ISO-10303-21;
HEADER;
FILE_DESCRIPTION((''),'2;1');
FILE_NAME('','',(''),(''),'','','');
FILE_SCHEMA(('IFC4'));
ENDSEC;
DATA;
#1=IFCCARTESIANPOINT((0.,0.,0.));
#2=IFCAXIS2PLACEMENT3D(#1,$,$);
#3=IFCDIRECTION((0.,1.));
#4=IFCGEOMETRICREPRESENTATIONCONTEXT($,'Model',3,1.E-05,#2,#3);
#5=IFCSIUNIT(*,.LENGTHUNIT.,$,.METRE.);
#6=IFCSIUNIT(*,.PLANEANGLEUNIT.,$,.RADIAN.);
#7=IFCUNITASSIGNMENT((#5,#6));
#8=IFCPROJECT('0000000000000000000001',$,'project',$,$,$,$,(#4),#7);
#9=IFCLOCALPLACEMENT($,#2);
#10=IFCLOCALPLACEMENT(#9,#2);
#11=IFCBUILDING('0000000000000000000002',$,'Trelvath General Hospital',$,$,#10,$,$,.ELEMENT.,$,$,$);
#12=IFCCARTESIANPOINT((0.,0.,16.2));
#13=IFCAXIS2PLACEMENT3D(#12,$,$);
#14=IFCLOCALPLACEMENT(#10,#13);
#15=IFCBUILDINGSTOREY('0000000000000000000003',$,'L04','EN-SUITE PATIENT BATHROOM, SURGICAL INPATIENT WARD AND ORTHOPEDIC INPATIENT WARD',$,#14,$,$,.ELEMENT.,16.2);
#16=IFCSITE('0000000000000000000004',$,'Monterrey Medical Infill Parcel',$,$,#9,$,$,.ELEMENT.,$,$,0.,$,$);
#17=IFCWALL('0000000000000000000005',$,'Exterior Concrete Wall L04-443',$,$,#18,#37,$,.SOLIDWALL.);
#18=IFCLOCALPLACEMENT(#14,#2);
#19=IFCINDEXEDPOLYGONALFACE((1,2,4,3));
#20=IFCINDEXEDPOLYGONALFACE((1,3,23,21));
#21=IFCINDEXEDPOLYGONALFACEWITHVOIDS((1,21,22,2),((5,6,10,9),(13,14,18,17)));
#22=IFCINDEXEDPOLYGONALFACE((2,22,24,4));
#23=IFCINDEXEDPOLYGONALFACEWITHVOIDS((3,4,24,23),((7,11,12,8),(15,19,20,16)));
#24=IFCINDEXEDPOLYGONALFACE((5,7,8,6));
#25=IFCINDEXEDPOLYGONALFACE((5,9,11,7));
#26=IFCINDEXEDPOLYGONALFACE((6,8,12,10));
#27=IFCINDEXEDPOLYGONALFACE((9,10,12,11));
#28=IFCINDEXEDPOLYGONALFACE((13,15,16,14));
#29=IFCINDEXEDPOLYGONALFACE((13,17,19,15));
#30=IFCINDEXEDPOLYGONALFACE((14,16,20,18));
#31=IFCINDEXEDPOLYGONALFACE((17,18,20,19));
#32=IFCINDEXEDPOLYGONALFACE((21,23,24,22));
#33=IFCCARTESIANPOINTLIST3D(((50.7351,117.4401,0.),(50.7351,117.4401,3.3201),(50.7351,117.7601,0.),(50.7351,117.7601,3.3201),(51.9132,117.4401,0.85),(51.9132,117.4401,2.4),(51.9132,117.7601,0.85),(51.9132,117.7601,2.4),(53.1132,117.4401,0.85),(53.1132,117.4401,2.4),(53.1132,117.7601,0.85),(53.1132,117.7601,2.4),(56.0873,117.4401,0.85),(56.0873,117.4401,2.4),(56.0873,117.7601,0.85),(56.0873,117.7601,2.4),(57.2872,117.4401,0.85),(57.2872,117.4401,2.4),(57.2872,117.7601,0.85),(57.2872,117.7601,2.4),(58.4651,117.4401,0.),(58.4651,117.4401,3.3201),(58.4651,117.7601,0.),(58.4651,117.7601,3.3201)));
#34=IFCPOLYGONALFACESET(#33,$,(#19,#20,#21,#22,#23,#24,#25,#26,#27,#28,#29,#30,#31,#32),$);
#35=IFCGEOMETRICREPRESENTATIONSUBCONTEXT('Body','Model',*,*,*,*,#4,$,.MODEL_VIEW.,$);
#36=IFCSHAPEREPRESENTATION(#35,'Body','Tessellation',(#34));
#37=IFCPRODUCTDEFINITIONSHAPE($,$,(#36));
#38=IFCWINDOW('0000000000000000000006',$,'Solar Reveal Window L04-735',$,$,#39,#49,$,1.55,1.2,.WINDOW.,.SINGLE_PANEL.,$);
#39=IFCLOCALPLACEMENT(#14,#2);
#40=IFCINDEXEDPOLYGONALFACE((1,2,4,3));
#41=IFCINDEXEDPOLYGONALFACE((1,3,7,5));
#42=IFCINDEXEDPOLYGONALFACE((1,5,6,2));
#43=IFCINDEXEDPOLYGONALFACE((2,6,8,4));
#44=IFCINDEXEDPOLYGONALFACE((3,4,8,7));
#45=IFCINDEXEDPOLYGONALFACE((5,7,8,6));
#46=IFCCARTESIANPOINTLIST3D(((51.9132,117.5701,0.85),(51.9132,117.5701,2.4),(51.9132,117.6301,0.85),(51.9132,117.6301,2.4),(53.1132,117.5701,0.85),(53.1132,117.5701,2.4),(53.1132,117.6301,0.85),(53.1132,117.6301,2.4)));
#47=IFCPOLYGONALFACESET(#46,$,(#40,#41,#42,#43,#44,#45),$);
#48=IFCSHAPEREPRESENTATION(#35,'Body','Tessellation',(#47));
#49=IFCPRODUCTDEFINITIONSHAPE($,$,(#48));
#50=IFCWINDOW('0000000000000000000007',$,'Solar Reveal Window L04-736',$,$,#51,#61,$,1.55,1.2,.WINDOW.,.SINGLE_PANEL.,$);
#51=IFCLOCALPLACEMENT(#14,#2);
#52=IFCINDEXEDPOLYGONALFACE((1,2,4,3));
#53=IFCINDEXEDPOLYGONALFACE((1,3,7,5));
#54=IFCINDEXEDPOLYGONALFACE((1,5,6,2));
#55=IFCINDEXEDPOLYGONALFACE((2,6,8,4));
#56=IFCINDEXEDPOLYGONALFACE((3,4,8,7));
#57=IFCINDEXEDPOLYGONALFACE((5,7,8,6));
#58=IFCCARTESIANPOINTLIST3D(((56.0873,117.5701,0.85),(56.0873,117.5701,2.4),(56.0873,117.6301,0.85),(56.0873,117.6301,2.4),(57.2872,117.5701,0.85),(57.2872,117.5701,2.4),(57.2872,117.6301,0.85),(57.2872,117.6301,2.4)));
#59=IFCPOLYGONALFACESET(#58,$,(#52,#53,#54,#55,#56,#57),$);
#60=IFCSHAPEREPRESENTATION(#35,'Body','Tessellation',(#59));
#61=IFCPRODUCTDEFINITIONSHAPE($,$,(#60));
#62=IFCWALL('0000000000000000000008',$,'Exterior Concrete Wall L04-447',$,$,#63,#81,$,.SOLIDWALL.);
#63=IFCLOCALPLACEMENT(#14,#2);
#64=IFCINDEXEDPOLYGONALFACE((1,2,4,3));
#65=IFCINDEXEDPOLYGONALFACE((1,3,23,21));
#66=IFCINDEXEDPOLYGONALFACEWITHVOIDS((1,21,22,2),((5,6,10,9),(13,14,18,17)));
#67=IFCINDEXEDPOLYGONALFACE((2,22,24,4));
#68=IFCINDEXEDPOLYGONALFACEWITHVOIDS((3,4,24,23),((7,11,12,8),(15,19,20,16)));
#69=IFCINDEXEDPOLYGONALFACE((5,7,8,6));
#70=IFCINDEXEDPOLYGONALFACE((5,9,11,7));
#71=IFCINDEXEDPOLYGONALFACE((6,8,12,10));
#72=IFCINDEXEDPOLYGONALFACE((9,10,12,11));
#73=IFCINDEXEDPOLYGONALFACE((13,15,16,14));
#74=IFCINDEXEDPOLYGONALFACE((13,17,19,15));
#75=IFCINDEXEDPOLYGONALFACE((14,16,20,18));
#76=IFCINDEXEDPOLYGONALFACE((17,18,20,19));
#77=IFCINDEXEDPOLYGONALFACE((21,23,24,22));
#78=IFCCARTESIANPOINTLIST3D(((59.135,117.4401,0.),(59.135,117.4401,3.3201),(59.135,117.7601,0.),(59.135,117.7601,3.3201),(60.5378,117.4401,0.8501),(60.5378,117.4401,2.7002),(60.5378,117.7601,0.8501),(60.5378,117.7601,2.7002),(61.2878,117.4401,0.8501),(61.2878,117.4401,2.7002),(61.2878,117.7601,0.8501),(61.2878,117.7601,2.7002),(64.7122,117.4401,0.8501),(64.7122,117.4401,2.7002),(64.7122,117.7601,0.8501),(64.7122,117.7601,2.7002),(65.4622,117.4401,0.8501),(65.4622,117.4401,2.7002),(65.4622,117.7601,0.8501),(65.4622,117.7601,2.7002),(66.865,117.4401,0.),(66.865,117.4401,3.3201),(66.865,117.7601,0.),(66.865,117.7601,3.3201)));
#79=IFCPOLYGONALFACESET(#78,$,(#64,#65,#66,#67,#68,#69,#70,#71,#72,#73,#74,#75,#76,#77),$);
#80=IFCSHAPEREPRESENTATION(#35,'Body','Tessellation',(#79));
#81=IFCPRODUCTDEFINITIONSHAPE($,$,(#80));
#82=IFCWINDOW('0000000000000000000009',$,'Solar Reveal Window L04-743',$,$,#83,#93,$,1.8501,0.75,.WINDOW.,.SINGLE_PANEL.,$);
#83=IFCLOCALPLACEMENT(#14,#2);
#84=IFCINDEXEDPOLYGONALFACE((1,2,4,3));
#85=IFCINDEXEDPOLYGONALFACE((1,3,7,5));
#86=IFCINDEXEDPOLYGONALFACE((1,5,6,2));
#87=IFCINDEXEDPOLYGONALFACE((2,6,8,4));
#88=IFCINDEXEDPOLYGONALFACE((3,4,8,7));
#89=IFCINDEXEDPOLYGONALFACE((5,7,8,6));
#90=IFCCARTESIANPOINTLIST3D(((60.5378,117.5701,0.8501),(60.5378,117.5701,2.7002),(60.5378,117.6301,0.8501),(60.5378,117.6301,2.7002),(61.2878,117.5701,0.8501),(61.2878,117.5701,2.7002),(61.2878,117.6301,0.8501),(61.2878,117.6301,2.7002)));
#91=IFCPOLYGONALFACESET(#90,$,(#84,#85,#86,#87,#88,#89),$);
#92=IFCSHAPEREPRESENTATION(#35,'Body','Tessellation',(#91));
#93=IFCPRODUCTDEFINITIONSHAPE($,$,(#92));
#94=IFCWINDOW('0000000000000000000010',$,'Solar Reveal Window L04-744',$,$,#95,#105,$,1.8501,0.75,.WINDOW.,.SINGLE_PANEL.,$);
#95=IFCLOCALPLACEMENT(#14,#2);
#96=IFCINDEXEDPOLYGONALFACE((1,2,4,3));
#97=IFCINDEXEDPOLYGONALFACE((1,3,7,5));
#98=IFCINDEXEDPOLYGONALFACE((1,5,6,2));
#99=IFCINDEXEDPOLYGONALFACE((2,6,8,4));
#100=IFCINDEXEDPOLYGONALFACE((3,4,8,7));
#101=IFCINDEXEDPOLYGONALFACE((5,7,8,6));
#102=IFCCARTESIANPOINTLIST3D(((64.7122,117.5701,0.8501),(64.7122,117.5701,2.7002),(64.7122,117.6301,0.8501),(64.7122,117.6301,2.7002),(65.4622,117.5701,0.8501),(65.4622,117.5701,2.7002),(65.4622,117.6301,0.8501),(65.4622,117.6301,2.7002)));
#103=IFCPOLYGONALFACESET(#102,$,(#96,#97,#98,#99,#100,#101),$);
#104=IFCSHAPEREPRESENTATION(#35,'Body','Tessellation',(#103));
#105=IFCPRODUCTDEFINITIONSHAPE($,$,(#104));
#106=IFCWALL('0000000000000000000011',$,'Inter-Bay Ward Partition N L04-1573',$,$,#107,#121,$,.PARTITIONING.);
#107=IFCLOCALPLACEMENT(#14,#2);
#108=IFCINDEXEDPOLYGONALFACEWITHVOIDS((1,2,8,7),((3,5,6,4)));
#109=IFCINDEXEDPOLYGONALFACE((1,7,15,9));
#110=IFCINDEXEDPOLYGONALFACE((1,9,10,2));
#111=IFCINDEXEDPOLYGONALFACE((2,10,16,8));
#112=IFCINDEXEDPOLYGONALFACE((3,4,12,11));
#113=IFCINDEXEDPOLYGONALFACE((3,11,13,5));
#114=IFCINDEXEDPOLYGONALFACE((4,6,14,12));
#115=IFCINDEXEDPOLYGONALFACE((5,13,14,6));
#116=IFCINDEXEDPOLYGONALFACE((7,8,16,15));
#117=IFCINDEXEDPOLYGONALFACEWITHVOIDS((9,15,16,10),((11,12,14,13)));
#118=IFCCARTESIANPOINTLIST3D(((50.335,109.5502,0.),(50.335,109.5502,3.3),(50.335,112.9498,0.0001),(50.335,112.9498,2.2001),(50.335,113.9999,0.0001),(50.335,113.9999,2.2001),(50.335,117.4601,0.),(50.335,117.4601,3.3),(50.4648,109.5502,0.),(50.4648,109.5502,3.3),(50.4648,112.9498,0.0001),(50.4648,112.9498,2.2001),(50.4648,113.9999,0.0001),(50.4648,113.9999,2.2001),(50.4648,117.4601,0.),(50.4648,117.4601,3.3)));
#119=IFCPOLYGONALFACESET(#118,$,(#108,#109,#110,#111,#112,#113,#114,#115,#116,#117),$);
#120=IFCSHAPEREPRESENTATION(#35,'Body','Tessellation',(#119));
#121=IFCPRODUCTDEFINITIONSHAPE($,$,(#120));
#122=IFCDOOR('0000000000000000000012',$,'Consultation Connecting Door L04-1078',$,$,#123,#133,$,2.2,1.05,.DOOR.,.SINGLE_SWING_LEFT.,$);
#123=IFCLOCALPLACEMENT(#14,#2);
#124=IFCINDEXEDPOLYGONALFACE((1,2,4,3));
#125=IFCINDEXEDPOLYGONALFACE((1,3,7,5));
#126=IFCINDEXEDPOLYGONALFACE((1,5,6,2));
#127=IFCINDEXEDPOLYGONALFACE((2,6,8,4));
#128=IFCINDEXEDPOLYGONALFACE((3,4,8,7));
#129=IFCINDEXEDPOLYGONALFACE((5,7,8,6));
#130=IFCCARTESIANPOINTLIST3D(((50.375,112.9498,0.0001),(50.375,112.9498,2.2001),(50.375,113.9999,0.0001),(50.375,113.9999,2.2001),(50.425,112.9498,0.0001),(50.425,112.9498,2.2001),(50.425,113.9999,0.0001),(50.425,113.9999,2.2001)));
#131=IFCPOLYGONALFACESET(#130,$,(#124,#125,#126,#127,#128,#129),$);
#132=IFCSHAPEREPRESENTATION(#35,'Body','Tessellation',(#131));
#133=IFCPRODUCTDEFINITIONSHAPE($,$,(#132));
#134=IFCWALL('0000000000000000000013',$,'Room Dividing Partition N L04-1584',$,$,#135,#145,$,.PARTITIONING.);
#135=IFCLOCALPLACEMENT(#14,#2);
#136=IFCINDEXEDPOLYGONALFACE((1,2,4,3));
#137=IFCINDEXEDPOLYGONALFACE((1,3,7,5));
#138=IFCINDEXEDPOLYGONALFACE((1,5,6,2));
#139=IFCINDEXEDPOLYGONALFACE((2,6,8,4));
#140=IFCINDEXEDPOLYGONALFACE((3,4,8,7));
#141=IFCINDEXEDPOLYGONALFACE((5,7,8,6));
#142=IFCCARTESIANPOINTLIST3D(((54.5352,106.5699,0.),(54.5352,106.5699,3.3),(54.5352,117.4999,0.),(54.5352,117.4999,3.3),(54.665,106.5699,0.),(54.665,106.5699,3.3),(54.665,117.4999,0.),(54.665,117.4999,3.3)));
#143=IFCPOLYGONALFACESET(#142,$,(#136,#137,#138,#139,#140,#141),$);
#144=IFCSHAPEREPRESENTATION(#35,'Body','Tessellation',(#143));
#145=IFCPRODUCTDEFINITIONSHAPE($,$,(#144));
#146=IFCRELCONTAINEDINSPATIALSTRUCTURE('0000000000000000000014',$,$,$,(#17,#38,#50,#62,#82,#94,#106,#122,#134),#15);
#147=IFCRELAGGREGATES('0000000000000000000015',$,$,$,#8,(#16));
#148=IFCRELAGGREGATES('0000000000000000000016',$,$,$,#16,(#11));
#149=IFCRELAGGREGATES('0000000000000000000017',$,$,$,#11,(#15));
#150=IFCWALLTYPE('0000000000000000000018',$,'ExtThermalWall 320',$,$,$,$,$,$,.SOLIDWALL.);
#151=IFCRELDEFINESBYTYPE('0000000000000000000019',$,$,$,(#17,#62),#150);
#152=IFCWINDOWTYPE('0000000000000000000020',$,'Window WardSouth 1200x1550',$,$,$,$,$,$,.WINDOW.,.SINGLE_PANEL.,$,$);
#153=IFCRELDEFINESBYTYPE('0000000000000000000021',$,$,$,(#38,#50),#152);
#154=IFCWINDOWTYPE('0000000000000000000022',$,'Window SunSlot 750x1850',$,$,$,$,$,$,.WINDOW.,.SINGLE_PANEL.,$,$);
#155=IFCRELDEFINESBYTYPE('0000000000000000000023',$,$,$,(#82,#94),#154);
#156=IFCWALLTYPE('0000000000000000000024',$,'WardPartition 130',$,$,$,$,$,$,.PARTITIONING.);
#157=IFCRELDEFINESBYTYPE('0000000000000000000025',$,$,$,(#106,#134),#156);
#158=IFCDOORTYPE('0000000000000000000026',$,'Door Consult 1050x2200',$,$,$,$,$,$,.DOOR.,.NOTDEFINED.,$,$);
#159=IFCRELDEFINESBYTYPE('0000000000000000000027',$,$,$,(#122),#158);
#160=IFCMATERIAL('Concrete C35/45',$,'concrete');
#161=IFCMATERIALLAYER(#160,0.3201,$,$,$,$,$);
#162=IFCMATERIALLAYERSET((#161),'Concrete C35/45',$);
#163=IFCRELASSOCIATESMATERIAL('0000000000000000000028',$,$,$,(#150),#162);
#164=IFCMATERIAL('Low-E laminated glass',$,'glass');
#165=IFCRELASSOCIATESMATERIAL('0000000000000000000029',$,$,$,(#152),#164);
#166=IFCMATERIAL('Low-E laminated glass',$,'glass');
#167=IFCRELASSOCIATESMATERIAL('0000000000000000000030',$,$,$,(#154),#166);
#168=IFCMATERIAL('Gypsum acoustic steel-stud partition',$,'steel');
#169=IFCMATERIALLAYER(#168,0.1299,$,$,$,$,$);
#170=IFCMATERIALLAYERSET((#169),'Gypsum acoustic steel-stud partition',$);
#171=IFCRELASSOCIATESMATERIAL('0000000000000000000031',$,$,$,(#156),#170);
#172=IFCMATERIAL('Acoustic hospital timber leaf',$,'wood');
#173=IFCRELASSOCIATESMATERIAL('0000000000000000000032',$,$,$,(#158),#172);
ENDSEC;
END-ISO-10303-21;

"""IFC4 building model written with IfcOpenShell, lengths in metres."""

from ifc_helpers import new_model, si_unit, direction, frame, frame_2d, origin, place, context, subcontext, project, spatial, rectangle, extrude, material, layer, layer_set, type_object, element, fill, save


model = new_model("IFC4")

# Units and contexts
model_context = context("Model", 3, precision=1e-05, world=origin(), true_north=direction((0.0, 1.0)))
body_context = subcontext(model_context, "Body", "Model", "MODEL_VIEW")
ifc_project = project(units=[si_unit("LENGTHUNIT", "METRE"), si_unit("PLANEANGLEUNIT", "RADIAN")], contexts=[model_context])

# Site, building, storey
site_placement = place(None, origin())
site = spatial("IfcSite", under=ifc_project, at=site_placement, Name="Monterrey Medical Infill Parcel", CompositionType="ELEMENT", RefElevation=0.0)
building_placement = place(site_placement, origin())
building = spatial("IfcBuilding", under=site, at=building_placement, Name="Trelvath General Hospital", CompositionType="ELEMENT")
storey_placement = place(building_placement, frame((0.0, 0.0, 16.2)))
storey = spatial("IfcBuildingStorey", under=building, at=storey_placement, Name="L04", Description="EN-SUITE PATIENT BATHROOM, SURGICAL INPATIENT WARD AND ORTHOPEDIC INPATIENT WARD", CompositionType="ELEMENT", Elevation=16.2)

# Walls, openings, windows
ifc_material_1 = material(Name="Concrete C35/45", Category="concrete")
ifc_layer_1 = layer(ifc_material_1, 0.3201)
ifc_layer_set_1 = layer_set([ifc_layer_1], Name="Concrete C35/45")
wall_type_1 = type_object("IfcWallType", Name="ExtThermalWall 320", PredefinedType="SOLIDWALL", material=ifc_layer_set_1)
wall_1_placement = place(storey_placement, frame((50.7351, 117.6001, 0.0), z_axis=(0.0, 0.0, 1.0), x_axis=(1.0, 0.0, 0.0)))
wall_1 = element("IfcWall", 1, at=wall_1_placement, inside=storey, type_object=wall_type_1, Name="Exterior Concrete Wall L04-443", PredefinedType="SOLIDWALL", context=body_context, shape_type="SweptSolid", body=[
    extrude(rectangle(XDim=7.73, YDim=0.3201, at=frame_2d((3.865, 0.0))), origin(), (0.0, 0.0, 1.0), 3.3201),
])
opening_1_placement = place(wall_1_placement, frame((1.178, 0.0, 0.8501)))
opening_1 = element("IfcOpeningElement", 2, at=opening_1_placement, cuts=wall_1, PredefinedType="OPENING", context=body_context, shape_type="SweptSolid", body=[
    extrude(rectangle(XDim=1.2, YDim=1.55, at=frame_2d((0.6001, 0.7749))), frame((0.0, 0.1699, 0.0), z_axis=(0.0, -1.0, 0.0), x_axis=(1.0, 0.0, 0.0)), (0.0, 0.0, 1.0), 0.3401),
])
opening_2_placement = place(wall_1_placement, frame((5.3521, 0.0, 0.8501)))
opening_2 = element("IfcOpeningElement", 3, at=opening_2_placement, cuts=wall_1, PredefinedType="OPENING", context=body_context, shape_type="SweptSolid", body=[
    extrude(rectangle(XDim=1.2, YDim=1.55, at=frame_2d((0.6001, 0.7749))), frame((0.0, 0.1699, 0.0), z_axis=(0.0, -1.0, 0.0), x_axis=(1.0, 0.0, 0.0)), (0.0, 0.0, 1.0), 0.3401),
])
ifc_material_2 = material(Name="Low-E laminated glass", Category="glass")
window_type_1 = type_object("IfcWindowType", Name="Window WardSouth 1200x1550", PartitioningType="SINGLE_PANEL", PredefinedType="WINDOW", material=ifc_material_2)
window_1_placement = place(opening_1_placement, origin())
window_1 = element("IfcWindow", 4, at=window_1_placement, inside=storey, type_object=window_type_1, Name="Solar Reveal Window L04-735", OverallHeight=1.55, OverallWidth=1.2, PartitioningType="SINGLE_PANEL", PredefinedType="WINDOW", context=body_context, shape_type="SweptSolid", body=[
    extrude(rectangle(XDim=1.2, YDim=1.55, at=frame_2d((0.6001, 0.7749))), frame((0.0, 0.03, 0.0), z_axis=(0.0, -1.0, 0.0), x_axis=(1.0, 0.0, 0.0)), (0.0, 0.0, 1.0), 0.0601),
])
fill(opening_1, window_1)
window_2_placement = place(opening_2_placement, origin())
window_2 = element("IfcWindow", 5, at=window_2_placement, inside=storey, type_object=window_type_1, Name="Solar Reveal Window L04-736", OverallHeight=1.55, OverallWidth=1.2, PartitioningType="SINGLE_PANEL", PredefinedType="WINDOW", context=body_context, shape_type="SweptSolid", body=[
    extrude(rectangle(XDim=1.2, YDim=1.55, at=frame_2d((0.6001, 0.7749))), frame((0.0, 0.03, 0.0), z_axis=(0.0, -1.0, 0.0), x_axis=(1.0, 0.0, 0.0)), (0.0, 0.0, 1.0), 0.0601),
])
fill(opening_2, window_2)
wall_2_placement = place(storey_placement, frame((59.135, 117.6001, 0.0), z_axis=(0.0, 0.0, 1.0), x_axis=(1.0, 0.0, 0.0)))
wall_2 = element("IfcWall", 6, at=wall_2_placement, inside=storey, type_object=wall_type_1, Name="Exterior Concrete Wall L04-447", PredefinedType="SOLIDWALL", context=body_context, shape_type="SweptSolid", body=[
    extrude(rectangle(XDim=7.73, YDim=0.3201, at=frame_2d((3.865, 0.0))), origin(), (0.0, 0.0, 1.0), 3.3201),
])
opening_3_placement = place(wall_2_placement, frame((1.4028, 0.0, 0.8501)))
opening_3 = element("IfcOpeningElement", 7, at=opening_3_placement, cuts=wall_2, PredefinedType="OPENING", context=body_context, shape_type="SweptSolid", body=[
    extrude(rectangle(XDim=0.75, YDim=1.8501, at=frame_2d((0.375, 0.925))), frame((0.0, 0.1699, 0.0), z_axis=(0.0, -1.0, 0.0), x_axis=(1.0, 0.0, 0.0)), (0.0, 0.0, 1.0), 0.3401),
])
opening_4_placement = place(wall_2_placement, frame((5.5771, 0.0, 0.8501)))
opening_4 = element("IfcOpeningElement", 8, at=opening_4_placement, cuts=wall_2, PredefinedType="OPENING", context=body_context, shape_type="SweptSolid", body=[
    extrude(rectangle(XDim=0.75, YDim=1.8501, at=frame_2d((0.375, 0.925))), frame((0.0, 0.1699, 0.0), z_axis=(0.0, -1.0, 0.0), x_axis=(1.0, 0.0, 0.0)), (0.0, 0.0, 1.0), 0.3401),
])
ifc_material_3 = material(Name="Low-E laminated glass", Category="glass")
window_type_2 = type_object("IfcWindowType", Name="Window SunSlot 750x1850", PartitioningType="SINGLE_PANEL", PredefinedType="WINDOW", material=ifc_material_3)
window_3_placement = place(opening_3_placement, origin())
window_3 = element("IfcWindow", 9, at=window_3_placement, inside=storey, type_object=window_type_2, Name="Solar Reveal Window L04-743", OverallHeight=1.8501, OverallWidth=0.75, PartitioningType="SINGLE_PANEL", PredefinedType="WINDOW", context=body_context, shape_type="SweptSolid", body=[
    extrude(rectangle(XDim=0.75, YDim=1.8501, at=frame_2d((0.375, 0.925))), frame((0.0, 0.03, 0.0), z_axis=(0.0, -1.0, 0.0), x_axis=(1.0, 0.0, 0.0)), (0.0, 0.0, 1.0), 0.0601),
])
fill(opening_3, window_3)
window_4_placement = place(opening_4_placement, origin())
window_4 = element("IfcWindow", 10, at=window_4_placement, inside=storey, type_object=window_type_2, Name="Solar Reveal Window L04-744", OverallHeight=1.8501, OverallWidth=0.75, PartitioningType="SINGLE_PANEL", PredefinedType="WINDOW", context=body_context, shape_type="SweptSolid", body=[
    extrude(rectangle(XDim=0.75, YDim=1.8501, at=frame_2d((0.375, 0.925))), frame((0.0, 0.03, 0.0), z_axis=(0.0, -1.0, 0.0), x_axis=(1.0, 0.0, 0.0)), (0.0, 0.0, 1.0), 0.0601),
])
fill(opening_4, window_4)

# Wall, opening, door
ifc_material_4 = material(Name="Gypsum acoustic steel-stud partition", Category="steel")
ifc_layer_2 = layer(ifc_material_4, 0.1299)
ifc_layer_set_2 = layer_set([ifc_layer_2], Name="Gypsum acoustic steel-stud partition")
wall_type_2 = type_object("IfcWallType", Name="WardPartition 130", PredefinedType="PARTITIONING", material=ifc_layer_set_2)
wall_3_placement = place(storey_placement, frame((50.3999, 109.55, 0.0), z_axis=(0.0, 0.0, 1.0), x_axis=(0.0, 1.0, 0.0)))
wall_3 = element("IfcWall", 11, at=wall_3_placement, inside=storey, type_object=wall_type_2, Name="Inter-Bay Ward Partition N L04-1573", PredefinedType="PARTITIONING", context=body_context, shape_type="SweptSolid", body=[
    extrude(rectangle(XDim=7.9099, YDim=0.1299, at=frame_2d((3.9551, 0.0))), origin(), (0.0, 0.0, 1.0), 3.3),
])
opening_5_placement = place(wall_3_placement, frame((3.3999, 0.0, 0.0)))
opening_5 = element("IfcOpeningElement", 12, at=opening_5_placement, cuts=wall_3, PredefinedType="OPENING", context=body_context, shape_type="SweptSolid", body=[
    extrude(rectangle(XDim=1.05, YDim=2.2, at=frame_2d((0.5249, 1.1001))), frame((0.0, 0.075, 0.0), z_axis=(0.0, -1.0, 0.0), x_axis=(1.0, 0.0, 0.0)), (0.0, 0.0, 1.0), 0.1499),
])
ifc_material_5 = material(Name="Acoustic hospital timber leaf", Category="wood")
door_type_1 = type_object("IfcDoorType", Name="Door Consult 1050x2200", OperationType="NOTDEFINED", PredefinedType="DOOR", material=ifc_material_5)
door_1_placement = place(opening_5_placement, origin())
door_1 = element("IfcDoor", 13, at=door_1_placement, inside=storey, type_object=door_type_1, Name="Consultation Connecting Door L04-1078", OperationType="SINGLE_SWING_LEFT", OverallHeight=2.2, OverallWidth=1.05, PredefinedType="DOOR", context=body_context, shape_type="SweptSolid", body=[
    extrude(rectangle(XDim=1.05, YDim=2.2, at=frame_2d((0.5249, 1.1001))), frame((0.0, 0.0249, 0.0), z_axis=(0.0, -1.0, 0.0), x_axis=(1.0, 0.0, 0.0)), (0.0, 0.0, 1.0), 0.05),
])
fill(opening_5, door_1)

# Wall
wall_4_placement = place(storey_placement, frame((54.6001, 106.5701, 0.0), z_axis=(0.0, 0.0, 1.0), x_axis=(0.0, 1.0, 0.0)))
element("IfcWall", 14, at=wall_4_placement, inside=storey, type_object=wall_type_2, Name="Room Dividing Partition N L04-1584", PredefinedType="PARTITIONING", context=body_context, shape_type="SweptSolid", body=[
    extrude(rectangle(XDim=10.9299, YDim=0.1299, at=frame_2d((5.4648, 0.0))), origin(), (0.0, 0.0, 1.0), 3.3),
])

save(model, "model.ifc")
